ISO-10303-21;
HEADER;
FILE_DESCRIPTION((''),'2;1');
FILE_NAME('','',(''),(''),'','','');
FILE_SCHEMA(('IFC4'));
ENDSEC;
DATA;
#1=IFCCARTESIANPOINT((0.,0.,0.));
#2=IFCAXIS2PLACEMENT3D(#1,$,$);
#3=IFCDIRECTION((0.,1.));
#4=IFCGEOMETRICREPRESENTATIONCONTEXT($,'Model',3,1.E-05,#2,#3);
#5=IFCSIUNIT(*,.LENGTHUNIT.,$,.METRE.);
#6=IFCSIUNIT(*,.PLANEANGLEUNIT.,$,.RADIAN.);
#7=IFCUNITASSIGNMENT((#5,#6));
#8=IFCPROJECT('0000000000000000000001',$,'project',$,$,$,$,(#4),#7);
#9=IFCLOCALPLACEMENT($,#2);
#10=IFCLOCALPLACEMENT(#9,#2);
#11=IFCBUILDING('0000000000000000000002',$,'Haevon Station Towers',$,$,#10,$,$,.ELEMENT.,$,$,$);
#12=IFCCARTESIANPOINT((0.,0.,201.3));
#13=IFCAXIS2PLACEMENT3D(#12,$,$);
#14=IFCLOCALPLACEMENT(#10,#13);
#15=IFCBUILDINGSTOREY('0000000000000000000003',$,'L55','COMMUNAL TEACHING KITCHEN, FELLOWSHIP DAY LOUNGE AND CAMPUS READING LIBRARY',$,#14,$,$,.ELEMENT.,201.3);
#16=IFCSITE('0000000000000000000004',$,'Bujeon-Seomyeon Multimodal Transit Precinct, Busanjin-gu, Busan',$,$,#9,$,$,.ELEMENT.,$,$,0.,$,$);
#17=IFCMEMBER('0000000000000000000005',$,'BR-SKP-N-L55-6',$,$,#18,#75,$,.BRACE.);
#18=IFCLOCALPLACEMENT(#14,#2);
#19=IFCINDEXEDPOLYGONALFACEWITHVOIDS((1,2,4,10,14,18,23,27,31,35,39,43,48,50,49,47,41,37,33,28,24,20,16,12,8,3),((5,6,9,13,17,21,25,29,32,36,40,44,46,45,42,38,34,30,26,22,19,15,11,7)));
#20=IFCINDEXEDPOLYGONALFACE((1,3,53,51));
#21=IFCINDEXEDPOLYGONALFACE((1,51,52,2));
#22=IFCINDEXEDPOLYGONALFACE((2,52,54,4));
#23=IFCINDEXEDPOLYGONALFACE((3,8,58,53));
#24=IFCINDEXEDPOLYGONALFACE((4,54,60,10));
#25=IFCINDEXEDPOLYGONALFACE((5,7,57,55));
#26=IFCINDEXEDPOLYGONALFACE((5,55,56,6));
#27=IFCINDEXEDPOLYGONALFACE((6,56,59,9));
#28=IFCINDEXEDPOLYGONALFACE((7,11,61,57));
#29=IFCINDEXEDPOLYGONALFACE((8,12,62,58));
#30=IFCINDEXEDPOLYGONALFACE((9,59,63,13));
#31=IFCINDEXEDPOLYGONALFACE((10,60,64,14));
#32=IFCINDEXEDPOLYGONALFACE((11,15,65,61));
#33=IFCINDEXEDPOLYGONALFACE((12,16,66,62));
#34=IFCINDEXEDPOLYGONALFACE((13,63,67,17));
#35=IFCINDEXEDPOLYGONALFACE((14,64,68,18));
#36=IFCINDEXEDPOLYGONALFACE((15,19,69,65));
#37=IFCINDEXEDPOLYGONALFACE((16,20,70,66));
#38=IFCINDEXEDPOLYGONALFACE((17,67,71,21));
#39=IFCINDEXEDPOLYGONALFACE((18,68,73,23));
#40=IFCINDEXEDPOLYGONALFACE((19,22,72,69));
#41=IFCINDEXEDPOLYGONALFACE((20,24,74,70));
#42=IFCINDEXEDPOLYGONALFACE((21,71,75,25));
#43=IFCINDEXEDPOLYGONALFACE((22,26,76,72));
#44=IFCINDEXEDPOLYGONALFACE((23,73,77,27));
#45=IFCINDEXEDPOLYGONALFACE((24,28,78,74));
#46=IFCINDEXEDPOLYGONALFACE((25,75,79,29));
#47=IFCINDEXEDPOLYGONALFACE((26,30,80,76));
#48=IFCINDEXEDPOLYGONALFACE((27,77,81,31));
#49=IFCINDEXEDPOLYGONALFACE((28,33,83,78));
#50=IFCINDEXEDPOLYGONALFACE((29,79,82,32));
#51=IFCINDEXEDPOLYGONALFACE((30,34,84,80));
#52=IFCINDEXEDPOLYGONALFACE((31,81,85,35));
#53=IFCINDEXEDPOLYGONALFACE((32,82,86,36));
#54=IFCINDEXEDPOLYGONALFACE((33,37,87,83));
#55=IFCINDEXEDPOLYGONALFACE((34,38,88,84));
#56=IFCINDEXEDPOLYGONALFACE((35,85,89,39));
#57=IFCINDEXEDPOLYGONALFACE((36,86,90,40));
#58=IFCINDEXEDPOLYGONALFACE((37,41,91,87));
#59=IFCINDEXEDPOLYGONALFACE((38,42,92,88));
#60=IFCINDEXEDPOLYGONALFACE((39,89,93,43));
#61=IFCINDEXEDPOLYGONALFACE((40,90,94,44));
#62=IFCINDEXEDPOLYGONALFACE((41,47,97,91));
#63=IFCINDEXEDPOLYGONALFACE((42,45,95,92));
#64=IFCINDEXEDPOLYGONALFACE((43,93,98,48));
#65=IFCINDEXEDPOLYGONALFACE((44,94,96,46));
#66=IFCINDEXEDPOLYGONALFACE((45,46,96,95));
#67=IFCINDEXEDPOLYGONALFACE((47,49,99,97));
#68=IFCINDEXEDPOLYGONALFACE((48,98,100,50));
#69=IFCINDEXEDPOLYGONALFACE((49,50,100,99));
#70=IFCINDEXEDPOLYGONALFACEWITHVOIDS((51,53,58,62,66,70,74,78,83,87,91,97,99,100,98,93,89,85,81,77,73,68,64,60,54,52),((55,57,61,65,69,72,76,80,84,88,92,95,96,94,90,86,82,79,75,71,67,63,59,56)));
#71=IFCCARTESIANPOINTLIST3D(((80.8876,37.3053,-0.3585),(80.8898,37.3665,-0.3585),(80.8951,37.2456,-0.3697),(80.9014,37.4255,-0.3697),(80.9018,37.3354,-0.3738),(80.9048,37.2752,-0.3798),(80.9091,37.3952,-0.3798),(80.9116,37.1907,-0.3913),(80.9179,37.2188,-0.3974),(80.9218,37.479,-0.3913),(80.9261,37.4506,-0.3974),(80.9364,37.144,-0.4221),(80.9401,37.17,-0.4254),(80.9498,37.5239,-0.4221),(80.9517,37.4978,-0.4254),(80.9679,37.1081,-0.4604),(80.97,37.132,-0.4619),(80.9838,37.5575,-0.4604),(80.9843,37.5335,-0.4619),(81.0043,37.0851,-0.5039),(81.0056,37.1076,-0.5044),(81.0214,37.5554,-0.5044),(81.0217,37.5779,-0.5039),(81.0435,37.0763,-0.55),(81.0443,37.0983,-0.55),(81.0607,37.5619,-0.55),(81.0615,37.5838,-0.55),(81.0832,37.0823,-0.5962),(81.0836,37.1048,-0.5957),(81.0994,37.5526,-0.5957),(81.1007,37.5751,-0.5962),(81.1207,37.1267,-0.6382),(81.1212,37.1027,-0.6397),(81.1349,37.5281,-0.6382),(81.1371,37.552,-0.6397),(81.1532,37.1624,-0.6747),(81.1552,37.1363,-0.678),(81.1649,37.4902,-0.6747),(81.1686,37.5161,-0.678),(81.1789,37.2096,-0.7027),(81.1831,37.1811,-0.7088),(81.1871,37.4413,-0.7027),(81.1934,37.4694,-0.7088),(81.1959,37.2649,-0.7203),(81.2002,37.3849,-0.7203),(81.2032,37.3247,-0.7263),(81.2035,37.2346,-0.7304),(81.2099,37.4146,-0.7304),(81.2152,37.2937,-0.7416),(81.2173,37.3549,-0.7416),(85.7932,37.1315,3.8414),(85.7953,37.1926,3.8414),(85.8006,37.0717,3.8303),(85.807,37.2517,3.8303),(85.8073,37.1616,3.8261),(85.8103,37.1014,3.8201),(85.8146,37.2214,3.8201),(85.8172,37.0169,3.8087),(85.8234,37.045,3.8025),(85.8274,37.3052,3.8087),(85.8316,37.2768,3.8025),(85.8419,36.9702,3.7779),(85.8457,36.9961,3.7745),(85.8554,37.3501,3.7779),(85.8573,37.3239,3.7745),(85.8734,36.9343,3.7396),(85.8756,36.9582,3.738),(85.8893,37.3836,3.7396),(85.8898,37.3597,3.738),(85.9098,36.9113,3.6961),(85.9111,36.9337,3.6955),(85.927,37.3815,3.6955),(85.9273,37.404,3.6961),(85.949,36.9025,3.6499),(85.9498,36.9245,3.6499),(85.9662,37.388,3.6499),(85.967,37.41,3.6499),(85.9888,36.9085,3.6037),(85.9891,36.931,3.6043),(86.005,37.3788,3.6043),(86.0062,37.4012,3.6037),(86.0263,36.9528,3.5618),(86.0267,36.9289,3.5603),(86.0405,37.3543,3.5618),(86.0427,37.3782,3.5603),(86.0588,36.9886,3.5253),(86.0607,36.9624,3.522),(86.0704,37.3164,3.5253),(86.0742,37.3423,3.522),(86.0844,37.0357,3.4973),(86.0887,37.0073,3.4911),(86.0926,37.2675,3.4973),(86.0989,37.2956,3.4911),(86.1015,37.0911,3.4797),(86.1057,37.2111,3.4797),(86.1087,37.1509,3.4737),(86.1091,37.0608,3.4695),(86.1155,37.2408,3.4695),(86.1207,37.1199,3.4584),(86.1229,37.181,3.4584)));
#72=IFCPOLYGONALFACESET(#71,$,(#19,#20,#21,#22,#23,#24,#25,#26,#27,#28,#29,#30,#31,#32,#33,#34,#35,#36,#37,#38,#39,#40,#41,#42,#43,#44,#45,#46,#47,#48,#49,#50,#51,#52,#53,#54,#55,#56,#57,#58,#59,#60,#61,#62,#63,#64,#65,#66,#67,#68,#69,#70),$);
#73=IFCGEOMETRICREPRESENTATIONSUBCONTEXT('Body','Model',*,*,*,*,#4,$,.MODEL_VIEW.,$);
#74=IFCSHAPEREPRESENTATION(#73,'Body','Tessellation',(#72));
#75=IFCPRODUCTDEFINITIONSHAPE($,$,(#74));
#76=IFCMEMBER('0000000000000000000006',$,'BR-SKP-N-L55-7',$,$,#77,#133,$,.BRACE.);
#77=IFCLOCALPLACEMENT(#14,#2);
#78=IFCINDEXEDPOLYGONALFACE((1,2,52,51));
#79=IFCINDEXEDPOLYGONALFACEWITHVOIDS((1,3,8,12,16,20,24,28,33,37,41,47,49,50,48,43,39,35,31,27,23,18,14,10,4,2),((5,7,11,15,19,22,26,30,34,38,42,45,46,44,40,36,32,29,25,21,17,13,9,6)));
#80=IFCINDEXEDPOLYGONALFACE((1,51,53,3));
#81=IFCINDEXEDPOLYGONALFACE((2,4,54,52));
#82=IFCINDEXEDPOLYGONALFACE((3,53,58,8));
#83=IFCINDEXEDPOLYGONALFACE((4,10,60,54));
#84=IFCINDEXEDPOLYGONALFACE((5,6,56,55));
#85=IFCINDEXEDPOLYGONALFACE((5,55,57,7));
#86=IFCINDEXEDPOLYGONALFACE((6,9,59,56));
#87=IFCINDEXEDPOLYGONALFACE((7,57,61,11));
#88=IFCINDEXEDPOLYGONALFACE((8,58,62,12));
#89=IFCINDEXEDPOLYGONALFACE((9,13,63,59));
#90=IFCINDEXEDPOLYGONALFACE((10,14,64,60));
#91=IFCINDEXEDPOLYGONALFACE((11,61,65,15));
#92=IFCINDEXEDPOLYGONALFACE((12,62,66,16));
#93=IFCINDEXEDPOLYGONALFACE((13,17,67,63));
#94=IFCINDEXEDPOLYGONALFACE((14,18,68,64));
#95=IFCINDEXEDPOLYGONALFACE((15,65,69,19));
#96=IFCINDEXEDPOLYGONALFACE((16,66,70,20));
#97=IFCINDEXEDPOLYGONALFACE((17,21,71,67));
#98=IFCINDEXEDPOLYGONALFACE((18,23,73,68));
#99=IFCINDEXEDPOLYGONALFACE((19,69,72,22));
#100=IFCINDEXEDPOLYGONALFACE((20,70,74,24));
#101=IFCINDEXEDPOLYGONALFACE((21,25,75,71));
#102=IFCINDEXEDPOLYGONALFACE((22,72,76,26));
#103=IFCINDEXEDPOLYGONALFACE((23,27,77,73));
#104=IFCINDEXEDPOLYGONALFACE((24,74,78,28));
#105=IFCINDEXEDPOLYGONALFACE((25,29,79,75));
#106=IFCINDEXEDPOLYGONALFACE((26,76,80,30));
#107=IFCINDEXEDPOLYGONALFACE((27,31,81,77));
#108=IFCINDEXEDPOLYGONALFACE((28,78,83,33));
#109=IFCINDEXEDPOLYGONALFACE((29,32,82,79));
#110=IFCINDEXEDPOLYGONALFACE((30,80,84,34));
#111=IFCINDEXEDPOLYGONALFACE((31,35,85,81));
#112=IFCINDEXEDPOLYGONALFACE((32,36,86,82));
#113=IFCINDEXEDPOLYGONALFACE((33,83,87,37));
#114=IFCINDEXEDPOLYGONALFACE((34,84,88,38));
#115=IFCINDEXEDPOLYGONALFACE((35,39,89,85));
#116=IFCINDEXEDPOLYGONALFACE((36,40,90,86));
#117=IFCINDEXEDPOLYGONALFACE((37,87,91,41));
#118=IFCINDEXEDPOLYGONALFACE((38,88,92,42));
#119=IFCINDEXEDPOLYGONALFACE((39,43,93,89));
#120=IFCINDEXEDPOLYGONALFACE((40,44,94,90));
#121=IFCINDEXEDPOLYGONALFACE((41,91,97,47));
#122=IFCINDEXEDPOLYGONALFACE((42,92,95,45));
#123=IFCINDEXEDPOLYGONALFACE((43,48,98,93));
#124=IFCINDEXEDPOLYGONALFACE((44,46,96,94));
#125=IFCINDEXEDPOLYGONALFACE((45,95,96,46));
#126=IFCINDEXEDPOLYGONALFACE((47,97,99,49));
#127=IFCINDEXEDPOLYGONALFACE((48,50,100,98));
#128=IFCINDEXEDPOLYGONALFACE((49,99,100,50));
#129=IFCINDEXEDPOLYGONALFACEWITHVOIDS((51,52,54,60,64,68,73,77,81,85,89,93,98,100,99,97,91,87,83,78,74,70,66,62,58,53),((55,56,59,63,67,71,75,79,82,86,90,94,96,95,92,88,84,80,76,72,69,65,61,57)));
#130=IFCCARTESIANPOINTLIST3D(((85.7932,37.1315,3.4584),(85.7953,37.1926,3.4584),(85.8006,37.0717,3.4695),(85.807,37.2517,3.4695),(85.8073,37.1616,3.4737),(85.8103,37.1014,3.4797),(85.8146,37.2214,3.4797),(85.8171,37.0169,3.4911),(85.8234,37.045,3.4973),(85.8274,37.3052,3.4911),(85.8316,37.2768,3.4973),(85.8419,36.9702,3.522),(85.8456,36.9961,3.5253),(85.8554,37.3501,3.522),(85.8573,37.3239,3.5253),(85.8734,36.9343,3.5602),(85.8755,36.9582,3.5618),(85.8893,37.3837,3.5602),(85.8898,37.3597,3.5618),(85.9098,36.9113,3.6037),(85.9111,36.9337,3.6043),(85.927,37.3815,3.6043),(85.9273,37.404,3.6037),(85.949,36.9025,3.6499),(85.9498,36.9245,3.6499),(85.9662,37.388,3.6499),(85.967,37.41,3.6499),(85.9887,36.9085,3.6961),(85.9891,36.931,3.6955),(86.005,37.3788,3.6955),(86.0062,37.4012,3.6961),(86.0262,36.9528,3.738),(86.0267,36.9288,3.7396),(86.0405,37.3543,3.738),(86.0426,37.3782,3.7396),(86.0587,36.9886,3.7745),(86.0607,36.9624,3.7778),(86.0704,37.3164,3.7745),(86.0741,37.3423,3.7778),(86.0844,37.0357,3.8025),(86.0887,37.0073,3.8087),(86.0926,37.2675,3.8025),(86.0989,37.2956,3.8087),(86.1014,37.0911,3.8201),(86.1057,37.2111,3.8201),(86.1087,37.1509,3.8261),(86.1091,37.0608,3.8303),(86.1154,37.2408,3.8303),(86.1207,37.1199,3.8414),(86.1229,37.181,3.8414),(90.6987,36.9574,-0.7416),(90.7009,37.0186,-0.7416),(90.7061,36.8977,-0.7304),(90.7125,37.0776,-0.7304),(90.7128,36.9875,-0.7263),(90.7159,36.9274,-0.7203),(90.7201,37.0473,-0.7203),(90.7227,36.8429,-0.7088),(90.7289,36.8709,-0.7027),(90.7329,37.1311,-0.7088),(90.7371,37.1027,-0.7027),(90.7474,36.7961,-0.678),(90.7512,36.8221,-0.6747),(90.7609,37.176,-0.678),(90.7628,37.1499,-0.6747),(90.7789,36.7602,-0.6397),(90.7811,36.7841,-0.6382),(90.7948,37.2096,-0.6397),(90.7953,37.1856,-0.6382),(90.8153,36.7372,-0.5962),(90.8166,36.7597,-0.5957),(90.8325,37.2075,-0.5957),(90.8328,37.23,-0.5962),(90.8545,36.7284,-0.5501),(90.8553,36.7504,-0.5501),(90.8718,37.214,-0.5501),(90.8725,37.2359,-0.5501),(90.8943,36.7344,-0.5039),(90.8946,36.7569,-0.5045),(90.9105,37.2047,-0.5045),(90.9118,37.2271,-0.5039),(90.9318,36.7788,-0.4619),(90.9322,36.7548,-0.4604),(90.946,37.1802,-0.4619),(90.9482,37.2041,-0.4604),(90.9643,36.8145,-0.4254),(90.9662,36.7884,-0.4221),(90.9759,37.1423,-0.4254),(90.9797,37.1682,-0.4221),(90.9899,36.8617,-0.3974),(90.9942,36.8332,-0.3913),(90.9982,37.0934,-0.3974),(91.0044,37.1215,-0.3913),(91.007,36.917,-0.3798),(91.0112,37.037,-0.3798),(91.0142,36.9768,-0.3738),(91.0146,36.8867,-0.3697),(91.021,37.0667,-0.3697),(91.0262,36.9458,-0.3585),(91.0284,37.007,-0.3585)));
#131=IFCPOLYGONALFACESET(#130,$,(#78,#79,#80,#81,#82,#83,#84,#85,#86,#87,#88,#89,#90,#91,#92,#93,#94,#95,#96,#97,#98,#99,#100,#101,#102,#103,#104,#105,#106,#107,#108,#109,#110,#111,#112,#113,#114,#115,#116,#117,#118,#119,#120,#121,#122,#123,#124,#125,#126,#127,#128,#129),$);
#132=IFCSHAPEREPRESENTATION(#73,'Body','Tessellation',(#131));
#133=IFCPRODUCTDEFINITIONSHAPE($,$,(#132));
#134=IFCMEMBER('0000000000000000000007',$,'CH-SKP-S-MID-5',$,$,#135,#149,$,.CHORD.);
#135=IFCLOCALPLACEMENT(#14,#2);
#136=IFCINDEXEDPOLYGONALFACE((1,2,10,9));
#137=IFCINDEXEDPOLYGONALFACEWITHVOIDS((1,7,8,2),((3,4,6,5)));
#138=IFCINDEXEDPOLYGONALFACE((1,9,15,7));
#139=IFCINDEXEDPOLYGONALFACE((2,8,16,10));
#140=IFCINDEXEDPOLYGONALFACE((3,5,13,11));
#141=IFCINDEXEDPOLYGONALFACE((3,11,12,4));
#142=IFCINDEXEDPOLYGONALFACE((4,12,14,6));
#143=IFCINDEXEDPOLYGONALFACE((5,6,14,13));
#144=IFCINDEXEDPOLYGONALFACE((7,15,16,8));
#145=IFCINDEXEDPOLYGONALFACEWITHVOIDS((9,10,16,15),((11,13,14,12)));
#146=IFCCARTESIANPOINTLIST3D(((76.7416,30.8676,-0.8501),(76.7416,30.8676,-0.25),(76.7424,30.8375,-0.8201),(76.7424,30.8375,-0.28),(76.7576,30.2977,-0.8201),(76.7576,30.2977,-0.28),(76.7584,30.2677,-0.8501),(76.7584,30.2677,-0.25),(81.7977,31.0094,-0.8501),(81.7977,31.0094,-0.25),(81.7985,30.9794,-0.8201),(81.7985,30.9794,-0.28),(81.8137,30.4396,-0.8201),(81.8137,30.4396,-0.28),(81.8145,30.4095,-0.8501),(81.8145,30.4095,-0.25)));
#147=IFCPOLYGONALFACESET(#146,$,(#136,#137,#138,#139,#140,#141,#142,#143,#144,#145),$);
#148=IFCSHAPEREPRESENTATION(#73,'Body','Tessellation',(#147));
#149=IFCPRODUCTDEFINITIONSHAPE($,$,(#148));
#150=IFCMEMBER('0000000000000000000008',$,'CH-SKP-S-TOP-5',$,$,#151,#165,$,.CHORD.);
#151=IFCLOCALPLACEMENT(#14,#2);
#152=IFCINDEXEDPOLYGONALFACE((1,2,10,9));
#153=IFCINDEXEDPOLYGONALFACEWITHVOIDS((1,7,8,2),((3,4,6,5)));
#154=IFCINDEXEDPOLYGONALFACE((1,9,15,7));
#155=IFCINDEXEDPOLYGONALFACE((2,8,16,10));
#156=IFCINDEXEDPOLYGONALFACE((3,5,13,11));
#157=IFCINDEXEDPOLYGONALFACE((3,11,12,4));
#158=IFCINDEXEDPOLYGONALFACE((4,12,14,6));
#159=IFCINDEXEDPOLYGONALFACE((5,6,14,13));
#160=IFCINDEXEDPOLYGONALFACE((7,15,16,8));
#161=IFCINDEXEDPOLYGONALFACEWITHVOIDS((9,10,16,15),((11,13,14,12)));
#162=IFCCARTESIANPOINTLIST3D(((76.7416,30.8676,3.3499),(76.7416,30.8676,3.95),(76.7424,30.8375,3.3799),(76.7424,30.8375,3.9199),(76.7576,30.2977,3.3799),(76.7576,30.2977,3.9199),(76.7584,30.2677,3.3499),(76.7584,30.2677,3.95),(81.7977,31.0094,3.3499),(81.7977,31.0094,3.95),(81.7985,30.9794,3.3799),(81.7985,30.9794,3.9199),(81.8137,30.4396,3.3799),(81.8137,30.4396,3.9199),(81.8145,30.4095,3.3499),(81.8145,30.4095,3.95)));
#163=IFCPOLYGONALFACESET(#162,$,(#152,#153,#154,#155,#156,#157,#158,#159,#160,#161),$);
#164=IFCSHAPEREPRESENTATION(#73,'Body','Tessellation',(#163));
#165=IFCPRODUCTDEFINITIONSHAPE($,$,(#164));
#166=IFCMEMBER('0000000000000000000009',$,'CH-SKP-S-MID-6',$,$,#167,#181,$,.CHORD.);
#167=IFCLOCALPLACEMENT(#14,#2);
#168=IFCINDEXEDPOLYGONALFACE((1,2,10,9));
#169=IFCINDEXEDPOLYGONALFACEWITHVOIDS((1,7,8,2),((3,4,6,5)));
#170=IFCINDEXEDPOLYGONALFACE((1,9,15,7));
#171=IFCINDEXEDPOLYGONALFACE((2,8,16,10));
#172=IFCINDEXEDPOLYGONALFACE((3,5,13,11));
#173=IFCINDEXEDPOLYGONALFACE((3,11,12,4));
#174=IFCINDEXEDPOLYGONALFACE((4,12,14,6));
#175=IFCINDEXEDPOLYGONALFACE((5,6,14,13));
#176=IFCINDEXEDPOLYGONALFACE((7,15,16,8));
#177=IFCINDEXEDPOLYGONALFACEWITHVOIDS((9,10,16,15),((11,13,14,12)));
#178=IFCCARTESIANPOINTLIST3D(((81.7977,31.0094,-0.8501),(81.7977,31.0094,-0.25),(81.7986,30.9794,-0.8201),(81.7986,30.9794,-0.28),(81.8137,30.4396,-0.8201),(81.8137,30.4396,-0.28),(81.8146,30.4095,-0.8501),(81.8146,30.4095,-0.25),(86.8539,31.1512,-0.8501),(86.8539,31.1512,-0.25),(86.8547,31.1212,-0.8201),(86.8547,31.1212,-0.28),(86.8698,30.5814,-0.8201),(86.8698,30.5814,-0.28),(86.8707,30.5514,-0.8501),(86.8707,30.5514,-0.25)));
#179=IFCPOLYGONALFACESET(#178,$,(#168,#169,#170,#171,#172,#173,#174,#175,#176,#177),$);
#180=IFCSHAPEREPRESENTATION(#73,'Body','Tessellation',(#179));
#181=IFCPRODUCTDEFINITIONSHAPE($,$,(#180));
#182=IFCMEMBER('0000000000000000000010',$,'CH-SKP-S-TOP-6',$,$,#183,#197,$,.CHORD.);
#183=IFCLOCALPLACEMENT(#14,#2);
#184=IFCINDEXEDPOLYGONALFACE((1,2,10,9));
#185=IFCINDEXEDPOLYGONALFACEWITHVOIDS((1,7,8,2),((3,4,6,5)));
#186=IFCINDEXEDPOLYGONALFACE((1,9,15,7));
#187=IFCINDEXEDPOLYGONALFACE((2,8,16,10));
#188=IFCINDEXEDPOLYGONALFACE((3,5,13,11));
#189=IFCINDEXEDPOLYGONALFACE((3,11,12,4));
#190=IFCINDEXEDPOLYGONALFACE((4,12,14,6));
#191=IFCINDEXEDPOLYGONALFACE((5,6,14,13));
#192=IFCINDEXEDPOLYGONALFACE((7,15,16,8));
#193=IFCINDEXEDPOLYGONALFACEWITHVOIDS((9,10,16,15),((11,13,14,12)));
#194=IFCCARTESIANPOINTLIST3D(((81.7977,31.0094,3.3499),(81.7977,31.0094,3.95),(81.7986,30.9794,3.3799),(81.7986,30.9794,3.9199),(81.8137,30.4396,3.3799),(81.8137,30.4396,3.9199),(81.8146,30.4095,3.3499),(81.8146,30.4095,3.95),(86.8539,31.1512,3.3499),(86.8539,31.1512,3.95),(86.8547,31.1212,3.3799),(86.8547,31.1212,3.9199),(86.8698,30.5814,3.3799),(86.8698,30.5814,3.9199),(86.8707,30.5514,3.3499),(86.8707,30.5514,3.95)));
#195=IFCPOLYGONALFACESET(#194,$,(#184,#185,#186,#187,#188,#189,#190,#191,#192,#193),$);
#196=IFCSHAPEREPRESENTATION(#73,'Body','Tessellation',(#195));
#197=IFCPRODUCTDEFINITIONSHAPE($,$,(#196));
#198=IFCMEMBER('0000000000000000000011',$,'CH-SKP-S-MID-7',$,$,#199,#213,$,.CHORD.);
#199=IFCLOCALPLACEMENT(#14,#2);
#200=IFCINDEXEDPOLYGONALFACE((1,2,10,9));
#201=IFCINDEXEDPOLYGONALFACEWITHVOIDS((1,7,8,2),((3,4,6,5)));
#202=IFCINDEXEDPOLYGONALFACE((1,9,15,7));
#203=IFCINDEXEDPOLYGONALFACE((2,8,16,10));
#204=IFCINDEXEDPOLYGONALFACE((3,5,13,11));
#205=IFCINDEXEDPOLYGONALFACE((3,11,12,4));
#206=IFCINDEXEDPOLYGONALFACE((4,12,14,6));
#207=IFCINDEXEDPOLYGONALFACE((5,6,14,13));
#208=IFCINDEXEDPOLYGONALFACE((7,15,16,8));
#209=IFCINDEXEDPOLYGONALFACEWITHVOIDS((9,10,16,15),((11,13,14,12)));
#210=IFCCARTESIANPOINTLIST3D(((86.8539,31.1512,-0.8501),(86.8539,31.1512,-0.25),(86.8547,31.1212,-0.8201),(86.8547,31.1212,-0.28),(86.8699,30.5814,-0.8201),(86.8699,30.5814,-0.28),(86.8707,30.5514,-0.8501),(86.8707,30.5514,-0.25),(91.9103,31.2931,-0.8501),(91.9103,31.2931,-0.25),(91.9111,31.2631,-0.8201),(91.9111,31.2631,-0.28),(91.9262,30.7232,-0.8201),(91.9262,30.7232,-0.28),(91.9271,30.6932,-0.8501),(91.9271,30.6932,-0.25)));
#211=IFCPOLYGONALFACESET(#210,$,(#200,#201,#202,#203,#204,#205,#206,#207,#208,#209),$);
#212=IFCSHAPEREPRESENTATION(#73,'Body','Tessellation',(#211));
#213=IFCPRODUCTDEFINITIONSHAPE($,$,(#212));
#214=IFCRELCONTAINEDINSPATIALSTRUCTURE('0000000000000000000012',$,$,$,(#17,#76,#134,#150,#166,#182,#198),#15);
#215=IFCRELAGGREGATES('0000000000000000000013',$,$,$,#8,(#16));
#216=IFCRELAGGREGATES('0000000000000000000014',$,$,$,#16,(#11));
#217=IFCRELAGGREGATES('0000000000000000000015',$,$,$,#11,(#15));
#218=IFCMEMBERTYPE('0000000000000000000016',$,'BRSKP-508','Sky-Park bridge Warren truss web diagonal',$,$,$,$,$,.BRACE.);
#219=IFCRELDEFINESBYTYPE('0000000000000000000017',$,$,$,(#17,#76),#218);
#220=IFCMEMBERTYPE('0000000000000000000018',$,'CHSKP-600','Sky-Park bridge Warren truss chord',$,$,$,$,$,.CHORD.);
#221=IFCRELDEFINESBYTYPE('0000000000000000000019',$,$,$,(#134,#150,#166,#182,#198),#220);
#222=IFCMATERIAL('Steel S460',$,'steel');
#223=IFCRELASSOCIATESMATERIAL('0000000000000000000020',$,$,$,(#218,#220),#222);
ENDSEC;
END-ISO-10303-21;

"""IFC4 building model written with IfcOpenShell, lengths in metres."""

from ifc_helpers import new_model, si_unit, direction, frame, origin, origin_2d, place, context, subcontext, project, spatial, hollow_rectangle, hollow_circle, extrude, material, material_profile, profile_set, type_object, element, save


model = new_model("IFC4")

# Units and contexts
model_context = context("Model", 3, precision=1e-05, world=origin(), true_north=direction((0.0, 1.0)))
body_context = subcontext(model_context, "Body", "Model", "MODEL_VIEW")
ifc_project = project(units=[si_unit("LENGTHUNIT", "METRE"), si_unit("PLANEANGLEUNIT", "RADIAN")], contexts=[model_context])

# Site, building, storey
site_placement = place(None, origin())
site = spatial("IfcSite", under=ifc_project, at=site_placement, Name="Bujeon-Seomyeon Multimodal Transit Precinct, Busanjin-gu, Busan", CompositionType="ELEMENT", RefElevation=0.0)
building_placement = place(site_placement, origin())
building = spatial("IfcBuilding", under=site, at=building_placement, Name="Haevon Station Towers", CompositionType="ELEMENT")
storey_placement = place(building_placement, frame((0.0, 0.0, 201.3)))
storey = spatial("IfcBuildingStorey", under=building, at=storey_placement, Name="L55", Description="COMMUNAL TEACHING KITCHEN, FELLOWSHIP DAY LOUNGE AND CAMPUS READING LIBRARY", CompositionType="ELEMENT", Elevation=201.3)

# Members
ifc_material_1 = material(Name="Steel S460", Category="steel")
ifc_material_profile_1 = material_profile(ifc_material_1, hollow_circle(Radius=0.2539, WallThickness=0.022, at=origin_2d()), Name="CHS-508x22")
ifc_profile_set_1 = profile_set([ifc_material_profile_1], Name="Steel S460")
member_type_1 = type_object("IfcMemberType", Name="BRSKP-508", Description="Sky-Park bridge Warren truss web diagonal", PredefinedType="BRACE", material=ifc_profile_set_1)
for number, where, z_axis, x_axis, name in (
    (1, (81.0525, 37.3301, -0.55), (0.759347, -0.026908, 0.650129), (0.035413, 0.999373, 0.0), "BR-SKP-N-L55-6"),
    (2, (85.958, 37.1562, 3.6499), (0.759346, -0.026945, -0.650129), (0.035463, 0.999371, 0.0), "BR-SKP-N-L55-7"),
):
    element("IfcMember", number, at=place(storey_placement, frame(where, z_axis=z_axis, x_axis=x_axis)), inside=storey, type_object=member_type_1, Name=name, PredefinedType="BRACE", context=body_context, shape_type="SweptSolid", body=[
        extrude(hollow_circle(Radius=0.2539, WallThickness=0.022, at=origin_2d()), origin(), (0.0, 0.0, 1.0), 6.4602),
    ])
ifc_material_profile_2 = material_profile(ifc_material_1, hollow_rectangle(XDim=0.6001, YDim=0.6001, WallThickness=0.03, at=origin_2d()), Name="RHS-600x600x30")
ifc_profile_set_2 = profile_set([ifc_material_profile_2], Name="Steel S460")
member_type_2 = type_object("IfcMemberType", Name="CHSKP-600", Description="Sky-Park bridge Warren truss chord", PredefinedType="CHORD", material=ifc_profile_set_2)
for number, where, z_axis, x_axis, name in (
    (3, (76.75, 30.5676, -0.55), (0.999607, 0.028043, 0.0), (-0.028043, 0.999607, 0.0), "CH-SKP-S-MID-5"),
    (4, (76.75, 30.5676, 3.6499), (0.999607, 0.028043, 0.0), (-0.028043, 0.999607, 0.0), "CH-SKP-S-TOP-5"),
    (5, (81.8062, 30.7095, -0.55), (0.999607, 0.028043, 0.0), (-0.028043, 0.999607, 0.0), "CH-SKP-S-MID-6"),
    (6, (81.8062, 30.7095, 3.6499), (0.999607, 0.028043, 0.0), (-0.028043, 0.999607, 0.0), "CH-SKP-S-TOP-6"),
):
    element("IfcMember", number, at=place(storey_placement, frame(where, z_axis=z_axis, x_axis=x_axis)), inside=storey, type_object=member_type_2, Name=name, PredefinedType="CHORD", context=body_context, shape_type="SweptSolid", body=[
        extrude(hollow_rectangle(XDim=0.6001, YDim=0.6001, WallThickness=0.03, at=origin_2d()), origin(), (0.0, 0.0, 1.0), 5.0581),
    ])
member_placement = place(storey_placement, frame((86.8623, 30.8513, -0.55), z_axis=(0.999607, 0.028042, 0.0), x_axis=(-0.028042, 0.999607, 0.0)))
element("IfcMember", 7, at=member_placement, inside=storey, type_object=member_type_2, Name="CH-SKP-S-MID-7", PredefinedType="CHORD", context=body_context, shape_type="SweptSolid", body=[
    extrude(hollow_rectangle(XDim=0.6001, YDim=0.6001, WallThickness=0.03, at=origin_2d()), origin(), (0.0, 0.0, 1.0), 5.0583),
])

save(model, "model.ifc")
